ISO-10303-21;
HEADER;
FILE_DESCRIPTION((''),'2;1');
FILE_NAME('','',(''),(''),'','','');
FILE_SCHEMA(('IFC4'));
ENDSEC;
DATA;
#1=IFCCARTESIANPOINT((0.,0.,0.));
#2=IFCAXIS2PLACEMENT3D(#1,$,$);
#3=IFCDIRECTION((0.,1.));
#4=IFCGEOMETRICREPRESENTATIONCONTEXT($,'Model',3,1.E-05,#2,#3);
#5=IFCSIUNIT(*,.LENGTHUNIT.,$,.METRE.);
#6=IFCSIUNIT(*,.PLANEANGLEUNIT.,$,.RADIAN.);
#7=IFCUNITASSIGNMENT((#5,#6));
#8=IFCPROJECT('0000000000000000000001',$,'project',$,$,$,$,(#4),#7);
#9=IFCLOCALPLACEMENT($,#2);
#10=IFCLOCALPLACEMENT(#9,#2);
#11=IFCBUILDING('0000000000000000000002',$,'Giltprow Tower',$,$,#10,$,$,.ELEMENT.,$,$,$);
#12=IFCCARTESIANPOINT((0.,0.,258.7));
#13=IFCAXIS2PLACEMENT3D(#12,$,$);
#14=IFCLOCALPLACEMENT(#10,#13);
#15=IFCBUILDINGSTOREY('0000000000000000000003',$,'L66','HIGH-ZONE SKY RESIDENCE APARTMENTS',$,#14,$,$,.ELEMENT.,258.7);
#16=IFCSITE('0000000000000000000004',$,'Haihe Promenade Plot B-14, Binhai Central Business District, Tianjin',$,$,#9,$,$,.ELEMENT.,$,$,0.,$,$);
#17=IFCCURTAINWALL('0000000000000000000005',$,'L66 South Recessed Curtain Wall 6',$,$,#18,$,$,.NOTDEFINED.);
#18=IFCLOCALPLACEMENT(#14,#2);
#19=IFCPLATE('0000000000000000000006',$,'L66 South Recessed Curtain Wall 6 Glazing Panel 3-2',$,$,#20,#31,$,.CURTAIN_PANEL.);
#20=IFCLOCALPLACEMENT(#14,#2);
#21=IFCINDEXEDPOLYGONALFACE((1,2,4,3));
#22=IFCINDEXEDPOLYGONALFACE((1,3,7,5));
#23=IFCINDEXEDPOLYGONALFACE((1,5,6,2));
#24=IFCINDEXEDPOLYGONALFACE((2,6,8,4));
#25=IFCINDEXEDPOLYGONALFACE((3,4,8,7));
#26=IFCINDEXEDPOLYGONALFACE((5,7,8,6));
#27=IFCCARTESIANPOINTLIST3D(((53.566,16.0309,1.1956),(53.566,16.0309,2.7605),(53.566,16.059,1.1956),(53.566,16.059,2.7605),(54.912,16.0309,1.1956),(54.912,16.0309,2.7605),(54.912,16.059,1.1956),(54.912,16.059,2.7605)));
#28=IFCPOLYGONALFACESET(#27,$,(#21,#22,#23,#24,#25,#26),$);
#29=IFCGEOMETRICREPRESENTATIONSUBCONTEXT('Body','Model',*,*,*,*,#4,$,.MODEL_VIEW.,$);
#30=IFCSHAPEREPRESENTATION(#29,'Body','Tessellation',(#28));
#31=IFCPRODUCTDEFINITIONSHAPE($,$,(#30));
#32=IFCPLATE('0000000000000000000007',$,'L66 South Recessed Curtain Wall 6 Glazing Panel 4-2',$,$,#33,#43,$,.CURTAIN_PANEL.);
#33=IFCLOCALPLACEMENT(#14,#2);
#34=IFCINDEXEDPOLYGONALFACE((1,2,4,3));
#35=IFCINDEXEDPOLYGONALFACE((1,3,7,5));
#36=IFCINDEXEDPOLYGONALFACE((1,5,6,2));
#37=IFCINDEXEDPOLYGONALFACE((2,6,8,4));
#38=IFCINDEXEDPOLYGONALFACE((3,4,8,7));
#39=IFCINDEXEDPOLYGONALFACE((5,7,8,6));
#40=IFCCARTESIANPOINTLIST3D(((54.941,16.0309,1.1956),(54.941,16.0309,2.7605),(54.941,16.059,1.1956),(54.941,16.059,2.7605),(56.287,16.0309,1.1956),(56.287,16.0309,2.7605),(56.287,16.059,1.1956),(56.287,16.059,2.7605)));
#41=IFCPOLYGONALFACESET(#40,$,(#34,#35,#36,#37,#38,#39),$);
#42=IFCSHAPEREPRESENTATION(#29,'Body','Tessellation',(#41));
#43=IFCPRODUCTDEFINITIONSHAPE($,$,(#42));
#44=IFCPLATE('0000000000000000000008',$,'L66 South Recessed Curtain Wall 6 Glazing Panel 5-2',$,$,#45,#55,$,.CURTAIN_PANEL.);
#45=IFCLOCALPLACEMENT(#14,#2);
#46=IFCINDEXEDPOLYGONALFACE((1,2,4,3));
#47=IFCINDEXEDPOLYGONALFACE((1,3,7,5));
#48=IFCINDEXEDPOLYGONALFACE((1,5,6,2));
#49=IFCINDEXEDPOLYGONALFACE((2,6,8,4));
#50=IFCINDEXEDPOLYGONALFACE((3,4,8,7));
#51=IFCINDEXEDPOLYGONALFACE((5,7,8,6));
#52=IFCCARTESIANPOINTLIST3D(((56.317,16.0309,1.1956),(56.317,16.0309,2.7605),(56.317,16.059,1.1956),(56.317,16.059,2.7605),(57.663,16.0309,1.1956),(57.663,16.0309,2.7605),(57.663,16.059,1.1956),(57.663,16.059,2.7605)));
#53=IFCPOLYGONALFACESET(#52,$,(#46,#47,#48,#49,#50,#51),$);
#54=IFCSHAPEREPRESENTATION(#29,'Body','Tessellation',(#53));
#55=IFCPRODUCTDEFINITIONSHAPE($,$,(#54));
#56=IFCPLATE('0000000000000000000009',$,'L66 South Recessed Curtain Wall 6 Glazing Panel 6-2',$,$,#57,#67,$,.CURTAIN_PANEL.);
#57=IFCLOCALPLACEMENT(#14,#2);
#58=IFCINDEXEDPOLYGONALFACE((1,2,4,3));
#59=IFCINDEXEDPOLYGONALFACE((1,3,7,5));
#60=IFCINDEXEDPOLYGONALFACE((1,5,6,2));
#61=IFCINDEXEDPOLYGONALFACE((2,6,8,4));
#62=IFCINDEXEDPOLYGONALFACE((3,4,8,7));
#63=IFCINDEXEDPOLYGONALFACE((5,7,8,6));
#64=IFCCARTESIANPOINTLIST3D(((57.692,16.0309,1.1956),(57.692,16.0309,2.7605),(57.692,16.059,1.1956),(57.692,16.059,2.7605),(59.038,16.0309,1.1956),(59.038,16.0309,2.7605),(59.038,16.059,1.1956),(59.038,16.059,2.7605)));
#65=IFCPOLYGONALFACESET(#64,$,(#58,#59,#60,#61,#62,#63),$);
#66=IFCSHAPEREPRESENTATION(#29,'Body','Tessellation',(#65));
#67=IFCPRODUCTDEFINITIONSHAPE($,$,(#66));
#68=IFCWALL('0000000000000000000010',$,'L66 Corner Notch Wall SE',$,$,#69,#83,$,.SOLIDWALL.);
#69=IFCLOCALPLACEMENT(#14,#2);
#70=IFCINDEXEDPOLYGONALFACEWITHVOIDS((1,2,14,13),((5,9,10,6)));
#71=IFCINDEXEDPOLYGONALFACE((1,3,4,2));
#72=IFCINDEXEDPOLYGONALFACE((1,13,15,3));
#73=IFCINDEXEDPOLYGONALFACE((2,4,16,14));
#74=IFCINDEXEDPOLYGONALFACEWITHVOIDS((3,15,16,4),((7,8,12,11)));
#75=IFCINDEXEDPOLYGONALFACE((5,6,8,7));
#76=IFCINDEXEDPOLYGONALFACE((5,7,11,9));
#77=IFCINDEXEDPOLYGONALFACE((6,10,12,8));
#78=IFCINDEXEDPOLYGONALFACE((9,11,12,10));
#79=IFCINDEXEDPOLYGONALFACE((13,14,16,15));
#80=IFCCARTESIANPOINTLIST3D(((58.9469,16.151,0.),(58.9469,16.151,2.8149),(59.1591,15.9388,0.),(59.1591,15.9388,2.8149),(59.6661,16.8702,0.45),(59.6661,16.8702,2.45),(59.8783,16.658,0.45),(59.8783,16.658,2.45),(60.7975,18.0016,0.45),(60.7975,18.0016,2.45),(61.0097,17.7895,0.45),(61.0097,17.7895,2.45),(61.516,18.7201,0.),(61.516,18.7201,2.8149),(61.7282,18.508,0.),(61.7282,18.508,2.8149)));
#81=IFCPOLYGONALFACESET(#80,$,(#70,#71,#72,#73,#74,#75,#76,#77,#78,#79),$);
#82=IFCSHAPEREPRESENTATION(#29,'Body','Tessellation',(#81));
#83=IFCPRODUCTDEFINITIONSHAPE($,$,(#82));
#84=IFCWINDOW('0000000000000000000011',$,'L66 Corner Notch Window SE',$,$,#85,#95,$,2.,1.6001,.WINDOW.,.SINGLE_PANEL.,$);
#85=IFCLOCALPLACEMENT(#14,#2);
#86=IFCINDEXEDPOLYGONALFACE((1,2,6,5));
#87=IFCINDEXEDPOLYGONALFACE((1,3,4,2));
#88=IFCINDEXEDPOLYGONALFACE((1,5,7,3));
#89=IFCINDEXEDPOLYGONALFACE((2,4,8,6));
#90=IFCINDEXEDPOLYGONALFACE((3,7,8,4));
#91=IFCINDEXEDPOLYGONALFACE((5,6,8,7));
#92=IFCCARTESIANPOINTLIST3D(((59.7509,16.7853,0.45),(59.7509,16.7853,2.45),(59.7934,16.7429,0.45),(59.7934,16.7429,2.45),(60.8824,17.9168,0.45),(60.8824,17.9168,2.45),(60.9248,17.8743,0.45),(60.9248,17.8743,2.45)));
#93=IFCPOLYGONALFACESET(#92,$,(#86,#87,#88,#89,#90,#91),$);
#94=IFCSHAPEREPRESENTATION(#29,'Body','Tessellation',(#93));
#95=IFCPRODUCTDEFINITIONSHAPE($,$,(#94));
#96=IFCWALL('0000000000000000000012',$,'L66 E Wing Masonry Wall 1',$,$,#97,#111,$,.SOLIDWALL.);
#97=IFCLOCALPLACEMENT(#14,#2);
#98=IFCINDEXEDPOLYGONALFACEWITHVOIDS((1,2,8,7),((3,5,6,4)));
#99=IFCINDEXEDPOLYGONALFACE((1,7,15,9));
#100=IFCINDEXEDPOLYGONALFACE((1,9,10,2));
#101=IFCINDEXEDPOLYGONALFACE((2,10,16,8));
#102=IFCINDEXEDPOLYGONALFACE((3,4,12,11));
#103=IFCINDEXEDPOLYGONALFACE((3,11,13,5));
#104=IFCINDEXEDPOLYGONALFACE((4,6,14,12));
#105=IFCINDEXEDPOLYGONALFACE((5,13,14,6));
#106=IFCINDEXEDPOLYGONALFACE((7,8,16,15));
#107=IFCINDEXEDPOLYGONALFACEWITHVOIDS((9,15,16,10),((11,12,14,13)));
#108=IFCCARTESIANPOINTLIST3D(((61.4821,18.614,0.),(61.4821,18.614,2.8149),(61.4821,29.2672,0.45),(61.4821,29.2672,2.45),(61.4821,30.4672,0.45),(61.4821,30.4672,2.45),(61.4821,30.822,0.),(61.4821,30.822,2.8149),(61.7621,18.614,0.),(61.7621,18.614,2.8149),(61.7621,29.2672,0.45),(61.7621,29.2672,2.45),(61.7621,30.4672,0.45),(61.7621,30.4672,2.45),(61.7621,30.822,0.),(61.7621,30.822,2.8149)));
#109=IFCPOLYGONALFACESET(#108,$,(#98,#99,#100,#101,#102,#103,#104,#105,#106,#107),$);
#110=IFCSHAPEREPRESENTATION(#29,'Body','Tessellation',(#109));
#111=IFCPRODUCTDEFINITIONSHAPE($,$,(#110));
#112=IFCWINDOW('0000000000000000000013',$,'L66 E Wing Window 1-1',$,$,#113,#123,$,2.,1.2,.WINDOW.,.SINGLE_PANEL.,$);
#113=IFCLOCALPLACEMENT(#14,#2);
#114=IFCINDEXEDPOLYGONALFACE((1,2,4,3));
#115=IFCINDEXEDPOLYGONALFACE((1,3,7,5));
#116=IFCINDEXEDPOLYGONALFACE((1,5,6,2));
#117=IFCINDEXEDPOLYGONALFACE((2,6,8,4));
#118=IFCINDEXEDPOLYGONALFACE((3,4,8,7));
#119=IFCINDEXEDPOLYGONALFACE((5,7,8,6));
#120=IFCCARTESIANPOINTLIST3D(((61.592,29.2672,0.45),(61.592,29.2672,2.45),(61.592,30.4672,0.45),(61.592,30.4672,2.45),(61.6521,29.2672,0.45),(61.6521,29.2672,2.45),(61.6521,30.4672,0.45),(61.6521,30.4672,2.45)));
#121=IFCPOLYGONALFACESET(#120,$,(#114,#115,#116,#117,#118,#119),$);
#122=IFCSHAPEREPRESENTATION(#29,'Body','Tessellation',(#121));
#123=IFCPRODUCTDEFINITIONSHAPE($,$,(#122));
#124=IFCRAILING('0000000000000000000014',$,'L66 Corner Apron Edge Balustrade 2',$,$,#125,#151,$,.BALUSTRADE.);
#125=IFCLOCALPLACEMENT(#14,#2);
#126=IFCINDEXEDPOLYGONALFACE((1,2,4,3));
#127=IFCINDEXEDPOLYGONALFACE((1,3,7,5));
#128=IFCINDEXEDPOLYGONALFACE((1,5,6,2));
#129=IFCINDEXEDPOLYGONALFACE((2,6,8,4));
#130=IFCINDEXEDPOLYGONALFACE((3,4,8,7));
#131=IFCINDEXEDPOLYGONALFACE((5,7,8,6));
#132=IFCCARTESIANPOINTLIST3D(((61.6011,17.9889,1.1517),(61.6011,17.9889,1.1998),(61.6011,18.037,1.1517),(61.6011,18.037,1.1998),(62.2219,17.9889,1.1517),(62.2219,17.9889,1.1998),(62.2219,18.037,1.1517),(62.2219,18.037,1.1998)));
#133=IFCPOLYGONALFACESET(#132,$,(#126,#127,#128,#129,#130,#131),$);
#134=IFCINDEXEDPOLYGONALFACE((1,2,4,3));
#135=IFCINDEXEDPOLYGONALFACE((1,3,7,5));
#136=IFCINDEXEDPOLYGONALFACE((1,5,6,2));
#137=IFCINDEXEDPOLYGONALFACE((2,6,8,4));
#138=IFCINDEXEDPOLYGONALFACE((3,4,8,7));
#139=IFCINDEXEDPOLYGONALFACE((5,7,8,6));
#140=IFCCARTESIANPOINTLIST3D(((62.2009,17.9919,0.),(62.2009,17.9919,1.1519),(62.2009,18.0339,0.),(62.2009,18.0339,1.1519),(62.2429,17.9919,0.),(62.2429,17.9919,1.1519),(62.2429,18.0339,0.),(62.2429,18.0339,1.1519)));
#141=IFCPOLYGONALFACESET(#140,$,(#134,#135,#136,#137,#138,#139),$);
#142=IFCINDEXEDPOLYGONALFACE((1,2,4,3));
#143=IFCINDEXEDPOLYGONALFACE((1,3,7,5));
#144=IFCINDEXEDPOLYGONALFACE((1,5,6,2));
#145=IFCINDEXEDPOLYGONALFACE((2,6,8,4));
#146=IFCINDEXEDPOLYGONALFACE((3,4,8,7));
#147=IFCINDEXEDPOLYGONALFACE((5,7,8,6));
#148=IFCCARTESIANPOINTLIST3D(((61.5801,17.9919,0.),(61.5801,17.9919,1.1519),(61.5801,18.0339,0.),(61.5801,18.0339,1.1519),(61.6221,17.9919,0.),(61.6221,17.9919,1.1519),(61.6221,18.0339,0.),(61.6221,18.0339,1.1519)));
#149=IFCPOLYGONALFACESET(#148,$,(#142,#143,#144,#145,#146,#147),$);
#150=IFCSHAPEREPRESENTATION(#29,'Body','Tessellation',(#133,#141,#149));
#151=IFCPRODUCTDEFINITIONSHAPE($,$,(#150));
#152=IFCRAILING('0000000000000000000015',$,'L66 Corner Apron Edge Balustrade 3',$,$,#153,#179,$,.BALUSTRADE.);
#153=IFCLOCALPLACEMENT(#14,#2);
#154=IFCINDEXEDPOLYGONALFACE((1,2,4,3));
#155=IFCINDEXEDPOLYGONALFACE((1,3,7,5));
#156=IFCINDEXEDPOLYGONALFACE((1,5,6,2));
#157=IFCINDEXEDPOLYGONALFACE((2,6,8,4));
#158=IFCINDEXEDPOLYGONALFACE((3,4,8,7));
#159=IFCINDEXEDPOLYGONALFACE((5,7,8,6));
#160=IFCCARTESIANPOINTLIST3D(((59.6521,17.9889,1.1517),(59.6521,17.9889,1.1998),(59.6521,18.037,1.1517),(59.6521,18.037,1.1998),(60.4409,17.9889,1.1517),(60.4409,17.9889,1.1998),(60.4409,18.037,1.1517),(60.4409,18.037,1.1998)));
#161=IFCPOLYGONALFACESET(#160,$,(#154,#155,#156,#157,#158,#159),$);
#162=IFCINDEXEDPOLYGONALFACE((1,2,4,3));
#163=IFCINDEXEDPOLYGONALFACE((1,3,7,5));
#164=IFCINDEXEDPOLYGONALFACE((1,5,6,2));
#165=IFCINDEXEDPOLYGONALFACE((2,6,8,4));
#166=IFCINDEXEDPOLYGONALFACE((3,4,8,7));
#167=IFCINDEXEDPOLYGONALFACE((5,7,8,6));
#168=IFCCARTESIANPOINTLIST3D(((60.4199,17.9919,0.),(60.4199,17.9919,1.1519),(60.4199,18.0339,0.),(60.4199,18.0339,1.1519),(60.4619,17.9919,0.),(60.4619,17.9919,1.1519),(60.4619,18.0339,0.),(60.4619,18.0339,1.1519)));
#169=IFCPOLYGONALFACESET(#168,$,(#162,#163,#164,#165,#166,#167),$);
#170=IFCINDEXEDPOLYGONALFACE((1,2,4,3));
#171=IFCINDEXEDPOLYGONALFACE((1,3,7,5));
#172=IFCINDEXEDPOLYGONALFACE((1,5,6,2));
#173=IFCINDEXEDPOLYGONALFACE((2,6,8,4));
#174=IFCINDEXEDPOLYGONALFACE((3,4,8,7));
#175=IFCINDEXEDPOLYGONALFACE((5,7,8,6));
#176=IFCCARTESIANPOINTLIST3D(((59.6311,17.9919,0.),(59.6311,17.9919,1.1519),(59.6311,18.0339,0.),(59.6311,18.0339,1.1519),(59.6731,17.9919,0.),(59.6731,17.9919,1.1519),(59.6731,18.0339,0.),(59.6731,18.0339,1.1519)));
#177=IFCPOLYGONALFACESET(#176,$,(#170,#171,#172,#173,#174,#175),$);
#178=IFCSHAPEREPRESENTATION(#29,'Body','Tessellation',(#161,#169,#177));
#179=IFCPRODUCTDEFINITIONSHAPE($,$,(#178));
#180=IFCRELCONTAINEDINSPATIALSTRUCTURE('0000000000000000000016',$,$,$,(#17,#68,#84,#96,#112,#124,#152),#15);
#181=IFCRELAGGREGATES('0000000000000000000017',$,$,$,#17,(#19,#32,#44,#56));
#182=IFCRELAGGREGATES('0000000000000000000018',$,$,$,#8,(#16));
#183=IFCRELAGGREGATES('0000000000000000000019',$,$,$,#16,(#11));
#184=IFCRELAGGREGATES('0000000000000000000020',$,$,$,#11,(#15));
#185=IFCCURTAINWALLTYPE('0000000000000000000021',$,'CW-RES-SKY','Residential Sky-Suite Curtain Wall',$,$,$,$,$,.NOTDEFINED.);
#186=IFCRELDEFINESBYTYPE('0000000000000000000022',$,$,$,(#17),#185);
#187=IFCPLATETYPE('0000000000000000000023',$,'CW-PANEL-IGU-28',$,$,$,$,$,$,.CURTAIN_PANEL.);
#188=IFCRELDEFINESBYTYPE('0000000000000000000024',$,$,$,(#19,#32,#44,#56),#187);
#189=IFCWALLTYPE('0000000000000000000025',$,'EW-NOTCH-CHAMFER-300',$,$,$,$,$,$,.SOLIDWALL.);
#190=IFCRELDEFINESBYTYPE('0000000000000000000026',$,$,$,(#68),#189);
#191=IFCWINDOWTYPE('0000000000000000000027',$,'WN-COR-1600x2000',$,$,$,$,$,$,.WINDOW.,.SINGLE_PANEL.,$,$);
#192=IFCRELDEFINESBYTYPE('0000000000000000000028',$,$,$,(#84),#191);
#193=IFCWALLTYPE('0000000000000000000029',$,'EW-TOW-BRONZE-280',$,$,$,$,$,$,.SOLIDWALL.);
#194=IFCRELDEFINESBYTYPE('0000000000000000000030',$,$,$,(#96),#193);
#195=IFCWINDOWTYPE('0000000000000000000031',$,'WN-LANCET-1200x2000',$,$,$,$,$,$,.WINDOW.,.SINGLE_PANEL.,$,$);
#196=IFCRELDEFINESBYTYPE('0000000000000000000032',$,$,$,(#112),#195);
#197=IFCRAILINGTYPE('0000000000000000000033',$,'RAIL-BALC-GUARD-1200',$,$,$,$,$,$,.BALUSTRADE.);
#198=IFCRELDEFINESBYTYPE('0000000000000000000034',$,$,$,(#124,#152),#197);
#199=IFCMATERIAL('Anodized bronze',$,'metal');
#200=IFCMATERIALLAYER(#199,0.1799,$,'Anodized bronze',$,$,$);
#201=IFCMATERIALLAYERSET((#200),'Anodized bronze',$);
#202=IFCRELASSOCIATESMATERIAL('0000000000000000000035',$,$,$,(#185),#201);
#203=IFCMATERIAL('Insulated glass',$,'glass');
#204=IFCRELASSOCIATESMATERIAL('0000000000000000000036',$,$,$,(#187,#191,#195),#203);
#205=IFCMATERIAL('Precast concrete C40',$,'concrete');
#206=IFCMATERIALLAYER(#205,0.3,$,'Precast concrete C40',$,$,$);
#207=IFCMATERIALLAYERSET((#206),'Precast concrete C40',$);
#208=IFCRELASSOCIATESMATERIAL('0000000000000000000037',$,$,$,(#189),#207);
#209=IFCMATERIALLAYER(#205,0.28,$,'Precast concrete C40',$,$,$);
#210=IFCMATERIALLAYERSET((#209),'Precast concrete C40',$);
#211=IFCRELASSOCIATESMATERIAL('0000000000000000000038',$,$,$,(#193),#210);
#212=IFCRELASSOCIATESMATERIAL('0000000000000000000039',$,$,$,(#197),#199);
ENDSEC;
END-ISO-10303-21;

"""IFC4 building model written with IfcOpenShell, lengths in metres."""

from ifc_helpers import new_model, si_unit, direction, frame, frame_2d, origin, origin_2d, place, context, subcontext, project, spatial, rectangle, extrude, source, transform, mapped, material, layer, layer_set, type_object, element, fill, aggregate, save


model = new_model("IFC4")

# Units and contexts
model_context = context("Model", 3, precision=1e-05, world=origin(), true_north=direction((0.0, 1.0)))
body_context = subcontext(model_context, "Body", "Model", "MODEL_VIEW")
ifc_project = project(units=[si_unit("LENGTHUNIT", "METRE"), si_unit("PLANEANGLEUNIT", "RADIAN")], contexts=[model_context])

# Site, building, storey
site_placement = place(None, origin())
site = spatial("IfcSite", under=ifc_project, at=site_placement, Name="Haihe Promenade Plot B-14, Binhai Central Business District, Tianjin", CompositionType="ELEMENT", RefElevation=0.0)
building_placement = place(site_placement, origin())
building = spatial("IfcBuilding", under=site, at=building_placement, Name="Giltprow Tower", CompositionType="ELEMENT")
storey_placement = place(building_placement, frame((0.0, 0.0, 258.7)))
storey = spatial("IfcBuildingStorey", under=building, at=storey_placement, Name="L66", Description="HIGH-ZONE SKY RESIDENCE APARTMENTS", CompositionType="ELEMENT", Elevation=258.7)

# Curtain wall
ifc_material_1 = material(Name="Anodized bronze", Category="metal")
ifc_layer_1 = layer(ifc_material_1, 0.1799, Name="Anodized bronze")
ifc_layer_set_1 = layer_set([ifc_layer_1], Name="Anodized bronze")
curtain_wall_type = type_object("IfcCurtainWallType", Name="CW-RES-SKY", Description="Residential Sky-Suite Curtain Wall", PredefinedType="NOTDEFINED", material=ifc_layer_set_1)
curtain_wall_placement = place(storey_placement, origin())
curtain_wall = element("IfcCurtainWall", 1, at=curtain_wall_placement, inside=storey, type_object=curtain_wall_type, Name="L66 South Recessed Curtain Wall 6", PredefinedType="NOTDEFINED")

# Plates
ifc_material_2 = material(Name="Insulated glass", Category="glass")
plate_type_1 = type_object("IfcPlateType", Name="CW-PANEL-IGU-28", PredefinedType="CURTAIN_PANEL", material=ifc_material_2)
shared_shape_1 = source(origin(), body_context, "Body", "SweptSolid", [
    extrude(rectangle(XDim=1.3459, YDim=0.0281, at=origin_2d()), origin(), (0.0, 0.0, 1.0), 1.5649),
])
plate_1_placement = place(storey_placement, frame((54.239, 16.0449, 1.1956), z_axis=(0.0, 0.0, 1.0), x_axis=(1.0, 0.0, 0.0)))
plate_1 = element("IfcPlate", 2, at=plate_1_placement, type_object=plate_type_1, Name="L66 South Recessed Curtain Wall 6 Glazing Panel 3-2", PredefinedType="CURTAIN_PANEL", context=body_context, shape_type="MappedRepresentation", body=[
    mapped(shared_shape_1, transform((0.0, 0.0, 0.0), x_axis=(1.0, 0.0, 0.0), y_axis=(0.0, 1.0, 0.0), z_axis=(0.0, 0.0, 1.0), scale=1.0)),
])
plate_2_placement = place(storey_placement, frame((55.614, 16.0449, 1.1956), z_axis=(0.0, 0.0, 1.0), x_axis=(1.0, 0.0, 0.0)))
plate_2 = element("IfcPlate", 3, at=plate_2_placement, type_object=plate_type_1, Name="L66 South Recessed Curtain Wall 6 Glazing Panel 4-2", PredefinedType="CURTAIN_PANEL", context=body_context, shape_type="MappedRepresentation", body=[
    mapped(shared_shape_1, transform((0.0, 0.0, 0.0), x_axis=(1.0, 0.0, 0.0), y_axis=(0.0, 1.0, 0.0), z_axis=(0.0, 0.0, 1.0), scale=1.0)),
])
plate_3_placement = place(storey_placement, frame((56.99, 16.0449, 1.1956), z_axis=(0.0, 0.0, 1.0), x_axis=(1.0, 0.0, 0.0)))
plate_3 = element("IfcPlate", 4, at=plate_3_placement, type_object=plate_type_1, Name="L66 South Recessed Curtain Wall 6 Glazing Panel 5-2", PredefinedType="CURTAIN_PANEL", context=body_context, shape_type="MappedRepresentation", body=[
    mapped(shared_shape_1, transform((0.0, 0.0, 0.0), x_axis=(1.0, 0.0, 0.0), y_axis=(0.0, 1.0, 0.0), z_axis=(0.0, 0.0, 1.0), scale=1.0)),
])
plate_4_placement = place(storey_placement, frame((58.365, 16.0449, 1.1956), z_axis=(0.0, 0.0, 1.0), x_axis=(1.0, 0.0, 0.0)))
plate_4 = element("IfcPlate", 5, at=plate_4_placement, type_object=plate_type_1, Name="L66 South Recessed Curtain Wall 6 Glazing Panel 6-2", PredefinedType="CURTAIN_PANEL", context=body_context, shape_type="MappedRepresentation", body=[
    mapped(shared_shape_1, transform((0.0, 0.0, 0.0), x_axis=(1.0, 0.0, 0.0), y_axis=(0.0, 1.0, 0.0), z_axis=(0.0, 0.0, 1.0), scale=1.0)),
])
aggregate(curtain_wall, [plate_1, plate_2, plate_3, plate_4])

# Walls, openings, windows
ifc_material_3 = material(Name="Precast concrete C40", Category="concrete")
ifc_layer_2 = layer(ifc_material_3, 0.3, Name="Precast concrete C40")
ifc_layer_set_2 = layer_set([ifc_layer_2], Name="Precast concrete C40")
wall_type_1 = type_object("IfcWallType", Name="EW-NOTCH-CHAMFER-300", PredefinedType="SOLIDWALL", material=ifc_layer_set_2)
wall_1_placement = place(storey_placement, frame((59.053, 16.0449, 0.0), z_axis=(0.0, 0.0, 1.0), x_axis=(0.707107, 0.707107, 0.0)))
wall_1 = element("IfcWall", 6, at=wall_1_placement, inside=storey, type_object=wall_type_1, Name="L66 Corner Notch Wall SE", PredefinedType="SOLIDWALL", context=body_context, shape_type="SweptSolid", body=[
    extrude(rectangle(XDim=3.6333, YDim=0.3, at=frame_2d((1.8167, 0.0))), origin(), (0.0, 0.0, 1.0), 2.8149),
])
opening_1_placement = place(wall_1_placement, frame((1.0171, 0.0, 0.45)))
opening_1 = element("IfcOpeningElement", 7, at=opening_1_placement, cuts=wall_1, PredefinedType="OPENING", context=body_context, shape_type="SweptSolid", body=[
    extrude(rectangle(XDim=1.6001, YDim=2.0, at=frame_2d((0.8, 1.0))), frame((0.0, 0.1599, 0.0), z_axis=(0.0, -1.0, 0.0), x_axis=(1.0, 0.0, 0.0)), (0.0, 0.0, 1.0), 0.3201),
])
window_type_1 = type_object("IfcWindowType", Name="WN-COR-1600x2000", PartitioningType="SINGLE_PANEL", PredefinedType="WINDOW", material=ifc_material_2)
shared_shape_2 = source(origin(), body_context, "Body", "SweptSolid", [
    extrude(rectangle(XDim=1.6001, YDim=2.0, at=frame_2d((0.8, 1.0))), frame((0.0, 0.03, 0.0), z_axis=(0.0, -1.0, 0.0), x_axis=(1.0, 0.0, 0.0)), (0.0, 0.0, 1.0), 0.0601),
])
window_1_placement = place(opening_1_placement, origin())
window_1 = element("IfcWindow", 8, at=window_1_placement, inside=storey, type_object=window_type_1, Name="L66 Corner Notch Window SE", OverallHeight=2.0, OverallWidth=1.6001, PartitioningType="SINGLE_PANEL", PredefinedType="WINDOW", context=body_context, shape_type="MappedRepresentation", body=[
    mapped(shared_shape_2, transform((0.0, 0.0, 0.0), x_axis=(1.0, 0.0, 0.0), y_axis=(0.0, 1.0, 0.0), z_axis=(0.0, 0.0, 1.0), scale=1.0)),
])
fill(opening_1, window_1)
ifc_layer_3 = layer(ifc_material_3, 0.28, Name="Precast concrete C40")
ifc_layer_set_3 = layer_set([ifc_layer_3], Name="Precast concrete C40")
wall_type_2 = type_object("IfcWallType", Name="EW-TOW-BRONZE-280", PredefinedType="SOLIDWALL", material=ifc_layer_set_3)
wall_2_placement = place(storey_placement, frame((61.6221, 18.614, 0.0), z_axis=(0.0, 0.0, 1.0), x_axis=(0.0, 1.0, 0.0)))
wall_2 = element("IfcWall", 9, at=wall_2_placement, inside=storey, type_object=wall_type_2, Name="L66 E Wing Masonry Wall 1", PredefinedType="SOLIDWALL", context=body_context, shape_type="SweptSolid", body=[
    extrude(rectangle(XDim=12.208, YDim=0.28, at=frame_2d((6.104, 0.0))), origin(), (0.0, 0.0, 1.0), 2.8149),
])
opening_2_placement = place(wall_2_placement, frame((10.6531, 0.0, 0.45)))
opening_2 = element("IfcOpeningElement", 10, at=opening_2_placement, cuts=wall_2, PredefinedType="OPENING", context=body_context, shape_type="SweptSolid", body=[
    extrude(rectangle(XDim=1.2, YDim=2.0, at=frame_2d((0.6001, 1.0))), frame((0.0, 0.1499, 0.0), z_axis=(0.0, -1.0, 0.0), x_axis=(1.0, 0.0, 0.0)), (0.0, 0.0, 1.0), 0.3),
])
window_type_2 = type_object("IfcWindowType", Name="WN-LANCET-1200x2000", PartitioningType="SINGLE_PANEL", PredefinedType="WINDOW", material=ifc_material_2)
shared_shape_3 = source(origin(), body_context, "Body", "SweptSolid", [
    extrude(rectangle(XDim=1.2, YDim=2.0, at=frame_2d((0.6001, 1.0))), frame((0.0, 0.03, 0.0), z_axis=(0.0, -1.0, 0.0), x_axis=(1.0, 0.0, 0.0)), (0.0, 0.0, 1.0), 0.0601),
])
window_2_placement = place(opening_2_placement, origin())
window_2 = element("IfcWindow", 11, at=window_2_placement, inside=storey, type_object=window_type_2, Name="L66 E Wing Window 1-1", OverallHeight=2.0, OverallWidth=1.2, PartitioningType="SINGLE_PANEL", PredefinedType="WINDOW", context=body_context, shape_type="MappedRepresentation", body=[
    mapped(shared_shape_3, transform((0.0, 0.0, 0.0), x_axis=(1.0, 0.0, 0.0), y_axis=(0.0, 1.0, 0.0), z_axis=(0.0, 0.0, 1.0), scale=1.0)),
])
fill(opening_2, window_2)

# Railings
railing_type = type_object("IfcRailingType", Name="RAIL-BALC-GUARD-1200", PredefinedType="BALUSTRADE", material=ifc_material_1)
railing_1_placement = place(storey_placement, frame((62.2219, 18.0129, 0.0)))
element("IfcRailing", 12, at=railing_1_placement, inside=storey, type_object=railing_type, Name="L66 Corner Apron Edge Balustrade 2", PredefinedType="BALUSTRADE", context=body_context, shape_type="SweptSolid", body=[
    extrude(rectangle(XDim=0.0481, YDim=0.0481, at=origin_2d()), frame((0.0, 0.0, 1.1758), z_axis=(-1.0, 0.0, 0.0), x_axis=(0.0, -1.0, 0.0)), (0.0, 0.0, 1.0), 0.6208),
    extrude(rectangle(XDim=0.042, YDim=0.042, at=origin_2d()), origin(), (0.0, 0.0, 1.0), 1.1519),
    extrude(rectangle(XDim=0.042, YDim=0.042, at=origin_2d()), frame((-0.6208, 0.0, 0.0)), (0.0, 0.0, 1.0), 1.1519),
])
railing_2_placement = place(storey_placement, frame((60.4409, 18.0129, 0.0)))
element("IfcRailing", 13, at=railing_2_placement, inside=storey, type_object=railing_type, Name="L66 Corner Apron Edge Balustrade 3", PredefinedType="BALUSTRADE", context=body_context, shape_type="SweptSolid", body=[
    extrude(rectangle(XDim=0.0481, YDim=0.0481, at=origin_2d()), frame((0.0, 0.0, 1.1758), z_axis=(-1.0, 0.0, 0.0), x_axis=(0.0, -1.0, 0.0)), (0.0, 0.0, 1.0), 0.7888),
    extrude(rectangle(XDim=0.042, YDim=0.042, at=origin_2d()), origin(), (0.0, 0.0, 1.0), 1.1519),
    extrude(rectangle(XDim=0.042, YDim=0.042, at=origin_2d()), frame((-0.7888, 0.0, 0.0)), (0.0, 0.0, 1.0), 1.1519),
])

save(model, "model.ifc")
